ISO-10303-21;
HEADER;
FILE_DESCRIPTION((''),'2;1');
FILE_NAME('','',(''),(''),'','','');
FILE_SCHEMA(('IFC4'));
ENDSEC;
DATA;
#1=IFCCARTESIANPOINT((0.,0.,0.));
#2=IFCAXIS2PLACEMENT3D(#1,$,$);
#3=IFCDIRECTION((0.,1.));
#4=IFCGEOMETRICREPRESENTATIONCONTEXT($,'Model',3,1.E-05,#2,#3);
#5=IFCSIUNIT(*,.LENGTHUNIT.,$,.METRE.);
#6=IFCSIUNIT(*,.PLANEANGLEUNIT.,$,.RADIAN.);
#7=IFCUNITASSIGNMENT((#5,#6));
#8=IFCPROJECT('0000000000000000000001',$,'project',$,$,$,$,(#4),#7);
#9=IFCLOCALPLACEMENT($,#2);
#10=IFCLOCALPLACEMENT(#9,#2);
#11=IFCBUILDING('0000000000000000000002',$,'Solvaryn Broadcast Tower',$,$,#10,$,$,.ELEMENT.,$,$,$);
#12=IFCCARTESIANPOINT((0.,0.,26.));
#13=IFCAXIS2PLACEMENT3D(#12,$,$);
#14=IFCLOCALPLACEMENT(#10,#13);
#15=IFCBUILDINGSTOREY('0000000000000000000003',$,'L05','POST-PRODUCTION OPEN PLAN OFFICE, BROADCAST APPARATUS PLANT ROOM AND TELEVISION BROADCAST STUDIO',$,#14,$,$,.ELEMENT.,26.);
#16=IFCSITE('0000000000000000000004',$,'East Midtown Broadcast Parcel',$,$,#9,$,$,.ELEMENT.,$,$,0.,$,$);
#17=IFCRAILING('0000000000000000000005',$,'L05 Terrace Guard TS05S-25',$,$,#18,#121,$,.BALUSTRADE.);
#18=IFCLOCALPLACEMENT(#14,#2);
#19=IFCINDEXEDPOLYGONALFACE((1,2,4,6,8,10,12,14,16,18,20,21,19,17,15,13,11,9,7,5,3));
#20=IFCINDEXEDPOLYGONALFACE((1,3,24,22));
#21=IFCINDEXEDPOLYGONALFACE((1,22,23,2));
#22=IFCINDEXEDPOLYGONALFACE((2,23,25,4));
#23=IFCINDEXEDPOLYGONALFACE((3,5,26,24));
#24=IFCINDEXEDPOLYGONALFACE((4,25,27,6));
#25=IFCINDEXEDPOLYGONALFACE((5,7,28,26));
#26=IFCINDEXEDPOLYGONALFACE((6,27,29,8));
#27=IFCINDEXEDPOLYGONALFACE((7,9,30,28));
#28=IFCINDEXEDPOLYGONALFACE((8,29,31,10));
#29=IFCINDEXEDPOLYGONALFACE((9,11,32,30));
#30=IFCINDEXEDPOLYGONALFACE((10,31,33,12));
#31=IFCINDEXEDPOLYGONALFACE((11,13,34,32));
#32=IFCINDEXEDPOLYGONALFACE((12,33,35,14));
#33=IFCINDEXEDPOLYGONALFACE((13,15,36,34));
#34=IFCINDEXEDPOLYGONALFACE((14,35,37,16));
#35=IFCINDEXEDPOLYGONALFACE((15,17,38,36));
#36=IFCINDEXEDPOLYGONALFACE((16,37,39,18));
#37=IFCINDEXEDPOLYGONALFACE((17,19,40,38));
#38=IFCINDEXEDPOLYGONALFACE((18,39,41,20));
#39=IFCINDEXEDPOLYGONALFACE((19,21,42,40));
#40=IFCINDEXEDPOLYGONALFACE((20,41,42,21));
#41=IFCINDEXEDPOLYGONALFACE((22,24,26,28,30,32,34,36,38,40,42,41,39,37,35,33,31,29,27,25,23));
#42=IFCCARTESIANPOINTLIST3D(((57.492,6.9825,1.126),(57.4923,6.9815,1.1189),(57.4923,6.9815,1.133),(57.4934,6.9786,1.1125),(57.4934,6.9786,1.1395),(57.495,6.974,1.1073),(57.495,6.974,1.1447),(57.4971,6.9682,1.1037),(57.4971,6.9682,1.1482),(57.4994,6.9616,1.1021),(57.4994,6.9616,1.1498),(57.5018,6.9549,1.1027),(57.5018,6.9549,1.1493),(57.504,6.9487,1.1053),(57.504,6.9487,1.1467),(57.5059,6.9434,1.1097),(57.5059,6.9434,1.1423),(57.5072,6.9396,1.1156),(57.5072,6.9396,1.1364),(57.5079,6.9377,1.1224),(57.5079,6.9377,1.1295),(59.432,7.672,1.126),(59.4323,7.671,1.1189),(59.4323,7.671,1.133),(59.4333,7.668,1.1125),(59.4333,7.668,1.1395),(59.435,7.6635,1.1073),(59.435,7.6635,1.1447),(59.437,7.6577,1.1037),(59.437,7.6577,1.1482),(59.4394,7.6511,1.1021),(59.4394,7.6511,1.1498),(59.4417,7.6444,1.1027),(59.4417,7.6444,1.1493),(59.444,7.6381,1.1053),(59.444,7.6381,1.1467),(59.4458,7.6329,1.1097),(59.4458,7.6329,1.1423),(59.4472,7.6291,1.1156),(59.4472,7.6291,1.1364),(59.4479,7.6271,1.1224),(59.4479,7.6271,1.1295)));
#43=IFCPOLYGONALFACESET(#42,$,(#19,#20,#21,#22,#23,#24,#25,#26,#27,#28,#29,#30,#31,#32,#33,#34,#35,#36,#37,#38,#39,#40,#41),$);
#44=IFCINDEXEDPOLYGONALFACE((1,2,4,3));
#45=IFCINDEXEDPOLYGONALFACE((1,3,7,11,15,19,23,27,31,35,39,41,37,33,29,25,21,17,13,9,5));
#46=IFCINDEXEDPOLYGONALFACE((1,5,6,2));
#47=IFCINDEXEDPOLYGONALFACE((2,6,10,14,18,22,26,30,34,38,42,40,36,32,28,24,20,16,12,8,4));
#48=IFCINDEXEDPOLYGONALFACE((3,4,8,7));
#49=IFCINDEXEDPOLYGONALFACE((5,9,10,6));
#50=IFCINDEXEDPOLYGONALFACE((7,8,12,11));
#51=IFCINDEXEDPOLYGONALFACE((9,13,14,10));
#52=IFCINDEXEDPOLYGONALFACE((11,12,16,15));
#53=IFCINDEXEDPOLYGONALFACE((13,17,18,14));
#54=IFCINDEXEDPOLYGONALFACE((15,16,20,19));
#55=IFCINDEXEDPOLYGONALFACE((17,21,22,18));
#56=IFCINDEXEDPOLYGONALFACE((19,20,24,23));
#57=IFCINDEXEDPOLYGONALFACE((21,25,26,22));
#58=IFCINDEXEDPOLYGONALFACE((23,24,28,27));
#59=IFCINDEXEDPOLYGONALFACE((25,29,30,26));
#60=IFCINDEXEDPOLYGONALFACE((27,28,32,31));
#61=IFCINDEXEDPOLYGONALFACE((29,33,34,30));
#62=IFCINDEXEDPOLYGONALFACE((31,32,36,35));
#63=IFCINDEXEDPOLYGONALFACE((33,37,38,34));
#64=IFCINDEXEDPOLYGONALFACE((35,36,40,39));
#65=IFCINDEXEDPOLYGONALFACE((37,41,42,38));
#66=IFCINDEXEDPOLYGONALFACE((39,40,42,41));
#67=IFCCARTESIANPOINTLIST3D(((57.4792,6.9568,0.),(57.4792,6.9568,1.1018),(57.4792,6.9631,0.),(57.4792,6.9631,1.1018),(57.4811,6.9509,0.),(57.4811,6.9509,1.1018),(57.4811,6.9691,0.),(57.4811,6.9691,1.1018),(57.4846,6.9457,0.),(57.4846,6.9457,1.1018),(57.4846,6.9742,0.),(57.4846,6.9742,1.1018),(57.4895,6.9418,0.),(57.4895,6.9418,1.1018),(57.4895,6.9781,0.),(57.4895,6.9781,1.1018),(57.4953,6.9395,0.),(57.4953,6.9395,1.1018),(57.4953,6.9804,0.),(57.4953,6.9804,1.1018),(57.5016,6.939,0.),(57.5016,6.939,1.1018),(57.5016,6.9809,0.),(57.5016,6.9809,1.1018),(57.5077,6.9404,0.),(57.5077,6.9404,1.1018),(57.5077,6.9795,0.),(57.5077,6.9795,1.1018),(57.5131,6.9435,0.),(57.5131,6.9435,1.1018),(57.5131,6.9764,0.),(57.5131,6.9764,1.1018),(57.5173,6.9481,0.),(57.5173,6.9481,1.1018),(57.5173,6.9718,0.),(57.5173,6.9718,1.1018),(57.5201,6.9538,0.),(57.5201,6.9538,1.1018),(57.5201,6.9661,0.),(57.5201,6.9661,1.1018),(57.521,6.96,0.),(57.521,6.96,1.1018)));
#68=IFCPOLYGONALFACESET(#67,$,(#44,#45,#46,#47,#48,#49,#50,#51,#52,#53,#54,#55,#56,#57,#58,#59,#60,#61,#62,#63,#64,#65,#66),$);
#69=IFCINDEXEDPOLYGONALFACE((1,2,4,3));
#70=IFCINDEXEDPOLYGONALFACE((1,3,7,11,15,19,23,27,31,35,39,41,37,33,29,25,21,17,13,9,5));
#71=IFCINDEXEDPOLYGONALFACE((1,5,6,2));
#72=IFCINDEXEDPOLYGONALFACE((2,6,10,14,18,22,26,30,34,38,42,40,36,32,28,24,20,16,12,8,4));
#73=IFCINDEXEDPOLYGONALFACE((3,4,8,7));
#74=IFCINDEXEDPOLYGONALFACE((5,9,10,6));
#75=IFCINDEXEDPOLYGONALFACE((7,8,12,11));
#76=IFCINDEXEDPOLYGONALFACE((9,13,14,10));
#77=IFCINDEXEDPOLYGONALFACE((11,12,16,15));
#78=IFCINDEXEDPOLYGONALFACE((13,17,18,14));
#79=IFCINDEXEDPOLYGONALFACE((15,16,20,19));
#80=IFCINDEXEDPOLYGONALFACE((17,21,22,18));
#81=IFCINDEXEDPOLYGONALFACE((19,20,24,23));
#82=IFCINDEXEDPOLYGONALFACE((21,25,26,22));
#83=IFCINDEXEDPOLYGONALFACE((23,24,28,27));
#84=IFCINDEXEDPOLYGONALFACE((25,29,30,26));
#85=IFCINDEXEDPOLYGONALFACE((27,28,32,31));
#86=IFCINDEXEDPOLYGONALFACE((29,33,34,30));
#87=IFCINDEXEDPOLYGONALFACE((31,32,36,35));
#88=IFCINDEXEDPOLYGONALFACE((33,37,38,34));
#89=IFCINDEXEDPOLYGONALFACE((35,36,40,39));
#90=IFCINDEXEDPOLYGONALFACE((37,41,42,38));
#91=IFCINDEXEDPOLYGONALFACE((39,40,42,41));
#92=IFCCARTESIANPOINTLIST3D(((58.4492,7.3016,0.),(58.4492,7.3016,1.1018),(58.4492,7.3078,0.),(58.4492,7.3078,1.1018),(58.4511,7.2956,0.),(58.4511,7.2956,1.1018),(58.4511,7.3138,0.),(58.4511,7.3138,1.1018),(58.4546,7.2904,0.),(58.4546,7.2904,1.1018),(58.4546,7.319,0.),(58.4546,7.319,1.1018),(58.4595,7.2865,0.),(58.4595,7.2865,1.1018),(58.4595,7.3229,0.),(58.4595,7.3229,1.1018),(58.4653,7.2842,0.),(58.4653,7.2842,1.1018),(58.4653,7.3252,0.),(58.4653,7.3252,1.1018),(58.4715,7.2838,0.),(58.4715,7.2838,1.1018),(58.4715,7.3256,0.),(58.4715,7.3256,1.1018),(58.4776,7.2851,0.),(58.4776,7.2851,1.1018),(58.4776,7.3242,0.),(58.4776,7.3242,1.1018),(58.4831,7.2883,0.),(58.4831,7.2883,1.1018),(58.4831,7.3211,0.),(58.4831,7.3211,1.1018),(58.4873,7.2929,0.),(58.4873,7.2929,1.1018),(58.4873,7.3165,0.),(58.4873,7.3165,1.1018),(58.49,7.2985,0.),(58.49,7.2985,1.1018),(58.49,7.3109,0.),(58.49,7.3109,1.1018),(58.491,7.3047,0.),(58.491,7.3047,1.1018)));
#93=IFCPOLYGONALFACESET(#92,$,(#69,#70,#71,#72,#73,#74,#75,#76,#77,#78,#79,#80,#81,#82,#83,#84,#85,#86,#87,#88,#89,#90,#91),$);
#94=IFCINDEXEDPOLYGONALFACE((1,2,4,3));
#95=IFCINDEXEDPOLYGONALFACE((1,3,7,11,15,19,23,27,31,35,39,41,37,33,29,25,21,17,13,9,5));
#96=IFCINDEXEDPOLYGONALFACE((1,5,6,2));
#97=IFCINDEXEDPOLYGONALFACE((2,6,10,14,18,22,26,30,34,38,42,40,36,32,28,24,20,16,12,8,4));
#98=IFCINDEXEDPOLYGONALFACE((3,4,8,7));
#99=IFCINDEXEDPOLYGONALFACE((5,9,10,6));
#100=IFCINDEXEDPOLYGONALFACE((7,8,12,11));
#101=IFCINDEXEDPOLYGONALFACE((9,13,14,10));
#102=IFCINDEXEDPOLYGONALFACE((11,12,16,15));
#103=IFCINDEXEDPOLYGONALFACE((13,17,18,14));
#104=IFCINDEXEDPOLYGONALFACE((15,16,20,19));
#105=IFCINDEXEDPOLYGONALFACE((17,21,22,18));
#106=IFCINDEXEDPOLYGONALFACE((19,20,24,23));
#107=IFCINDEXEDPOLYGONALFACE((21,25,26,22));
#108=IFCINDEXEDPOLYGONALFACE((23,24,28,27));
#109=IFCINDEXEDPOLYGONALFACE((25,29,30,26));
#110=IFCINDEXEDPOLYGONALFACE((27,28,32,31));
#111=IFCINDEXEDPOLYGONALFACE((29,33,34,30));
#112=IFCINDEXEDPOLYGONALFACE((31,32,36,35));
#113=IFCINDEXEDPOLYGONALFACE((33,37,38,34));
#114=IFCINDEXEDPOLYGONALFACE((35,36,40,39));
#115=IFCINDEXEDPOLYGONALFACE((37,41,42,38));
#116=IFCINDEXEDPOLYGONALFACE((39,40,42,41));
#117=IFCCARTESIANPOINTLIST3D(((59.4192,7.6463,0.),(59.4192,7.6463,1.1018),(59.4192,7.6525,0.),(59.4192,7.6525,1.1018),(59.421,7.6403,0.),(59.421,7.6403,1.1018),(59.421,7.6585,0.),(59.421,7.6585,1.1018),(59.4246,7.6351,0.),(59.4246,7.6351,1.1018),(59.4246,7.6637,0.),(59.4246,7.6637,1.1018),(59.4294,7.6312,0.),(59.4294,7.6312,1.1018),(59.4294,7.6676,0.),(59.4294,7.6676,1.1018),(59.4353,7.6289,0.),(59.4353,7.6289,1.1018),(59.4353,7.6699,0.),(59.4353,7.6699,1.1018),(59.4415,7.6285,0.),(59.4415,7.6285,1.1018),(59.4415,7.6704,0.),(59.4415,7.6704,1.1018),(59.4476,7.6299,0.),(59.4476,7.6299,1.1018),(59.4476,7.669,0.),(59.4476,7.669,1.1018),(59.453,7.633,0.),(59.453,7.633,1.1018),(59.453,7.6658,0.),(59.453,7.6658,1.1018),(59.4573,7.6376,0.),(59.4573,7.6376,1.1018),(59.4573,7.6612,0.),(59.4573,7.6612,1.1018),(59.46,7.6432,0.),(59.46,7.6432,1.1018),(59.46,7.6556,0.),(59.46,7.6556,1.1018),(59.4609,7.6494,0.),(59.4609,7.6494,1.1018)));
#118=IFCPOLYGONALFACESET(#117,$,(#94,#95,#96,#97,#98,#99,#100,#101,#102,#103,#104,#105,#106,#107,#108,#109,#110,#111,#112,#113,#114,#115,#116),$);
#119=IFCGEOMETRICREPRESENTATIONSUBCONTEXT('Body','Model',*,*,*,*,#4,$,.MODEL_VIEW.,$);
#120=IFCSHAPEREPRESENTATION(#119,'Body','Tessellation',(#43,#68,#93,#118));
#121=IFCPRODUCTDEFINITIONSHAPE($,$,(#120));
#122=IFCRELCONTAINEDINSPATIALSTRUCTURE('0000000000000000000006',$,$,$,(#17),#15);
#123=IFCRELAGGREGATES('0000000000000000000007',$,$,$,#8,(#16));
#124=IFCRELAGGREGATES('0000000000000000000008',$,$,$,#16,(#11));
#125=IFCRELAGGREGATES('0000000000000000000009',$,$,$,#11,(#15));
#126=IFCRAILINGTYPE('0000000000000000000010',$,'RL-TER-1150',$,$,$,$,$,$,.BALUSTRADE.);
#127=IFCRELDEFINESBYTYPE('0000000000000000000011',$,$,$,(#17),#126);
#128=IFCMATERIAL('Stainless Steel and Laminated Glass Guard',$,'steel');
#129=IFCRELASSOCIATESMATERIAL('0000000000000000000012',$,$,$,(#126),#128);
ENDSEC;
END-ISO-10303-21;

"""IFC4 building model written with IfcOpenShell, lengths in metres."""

from ifc_helpers import new_model, si_unit, direction, frame, origin, origin_2d, place, context, subcontext, project, spatial, circle, extrude, material, type_object, element, save


model = new_model("IFC4")

# Units and contexts
model_context = context("Model", 3, precision=1e-05, world=origin(), true_north=direction((0.0, 1.0)))
body_context = subcontext(model_context, "Body", "Model", "MODEL_VIEW")
ifc_project = project(units=[si_unit("LENGTHUNIT", "METRE"), si_unit("PLANEANGLEUNIT", "RADIAN")], contexts=[model_context])

# Site, building, storey
site_placement = place(None, origin())
site = spatial("IfcSite", under=ifc_project, at=site_placement, Name="East Midtown Broadcast Parcel", CompositionType="ELEMENT", RefElevation=0.0)
building_placement = place(site_placement, origin())
building = spatial("IfcBuilding", under=site, at=building_placement, Name="Solvaryn Broadcast Tower", CompositionType="ELEMENT")
storey_placement = place(building_placement, frame((0.0, 0.0, 26.0)))
storey = spatial("IfcBuildingStorey", under=building, at=storey_placement, Name="L05", Description="POST-PRODUCTION OPEN PLAN OFFICE, BROADCAST APPARATUS PLANT ROOM AND TELEVISION BROADCAST STUDIO", CompositionType="ELEMENT", Elevation=26.0)

# Railing
ifc_material_1 = material(Name="Stainless Steel and Laminated Glass Guard", Category="steel")
railing_type = type_object("IfcRailingType", Name="RL-TER-1150", PredefinedType="BALUSTRADE", material=ifc_material_1)
railing_1_placement = place(storey_placement, frame((57.5, 6.96, 0.0)))
element("IfcRailing", 1, at=railing_1_placement, inside=storey, type_object=railing_type, Name="L05 Terrace Guard TS05S-25", PredefinedType="BALUSTRADE", context=body_context, shape_type="SweptSolid", body=[
    extrude(circle(Radius=0.0239, at=origin_2d()), frame((0.0, 0.0, 1.126), z_axis=(0.942261, 0.334879, 0.0), x_axis=(-0.334879, 0.942261, 0.0)), (0.0, 0.0, 1.0), 2.0588),
    extrude(circle(Radius=0.021, at=origin_2d()), origin(), (0.0, 0.0, 1.0), 1.1018),
    extrude(circle(Radius=0.021, at=origin_2d()), frame((0.97, 0.3447, 0.0)), (0.0, 0.0, 1.0), 1.1018),
    extrude(circle(Radius=0.021, at=origin_2d()), frame((1.9399, 0.6895, 0.0)), (0.0, 0.0, 1.0), 1.1018),
])

save(model, "model.ifc")
